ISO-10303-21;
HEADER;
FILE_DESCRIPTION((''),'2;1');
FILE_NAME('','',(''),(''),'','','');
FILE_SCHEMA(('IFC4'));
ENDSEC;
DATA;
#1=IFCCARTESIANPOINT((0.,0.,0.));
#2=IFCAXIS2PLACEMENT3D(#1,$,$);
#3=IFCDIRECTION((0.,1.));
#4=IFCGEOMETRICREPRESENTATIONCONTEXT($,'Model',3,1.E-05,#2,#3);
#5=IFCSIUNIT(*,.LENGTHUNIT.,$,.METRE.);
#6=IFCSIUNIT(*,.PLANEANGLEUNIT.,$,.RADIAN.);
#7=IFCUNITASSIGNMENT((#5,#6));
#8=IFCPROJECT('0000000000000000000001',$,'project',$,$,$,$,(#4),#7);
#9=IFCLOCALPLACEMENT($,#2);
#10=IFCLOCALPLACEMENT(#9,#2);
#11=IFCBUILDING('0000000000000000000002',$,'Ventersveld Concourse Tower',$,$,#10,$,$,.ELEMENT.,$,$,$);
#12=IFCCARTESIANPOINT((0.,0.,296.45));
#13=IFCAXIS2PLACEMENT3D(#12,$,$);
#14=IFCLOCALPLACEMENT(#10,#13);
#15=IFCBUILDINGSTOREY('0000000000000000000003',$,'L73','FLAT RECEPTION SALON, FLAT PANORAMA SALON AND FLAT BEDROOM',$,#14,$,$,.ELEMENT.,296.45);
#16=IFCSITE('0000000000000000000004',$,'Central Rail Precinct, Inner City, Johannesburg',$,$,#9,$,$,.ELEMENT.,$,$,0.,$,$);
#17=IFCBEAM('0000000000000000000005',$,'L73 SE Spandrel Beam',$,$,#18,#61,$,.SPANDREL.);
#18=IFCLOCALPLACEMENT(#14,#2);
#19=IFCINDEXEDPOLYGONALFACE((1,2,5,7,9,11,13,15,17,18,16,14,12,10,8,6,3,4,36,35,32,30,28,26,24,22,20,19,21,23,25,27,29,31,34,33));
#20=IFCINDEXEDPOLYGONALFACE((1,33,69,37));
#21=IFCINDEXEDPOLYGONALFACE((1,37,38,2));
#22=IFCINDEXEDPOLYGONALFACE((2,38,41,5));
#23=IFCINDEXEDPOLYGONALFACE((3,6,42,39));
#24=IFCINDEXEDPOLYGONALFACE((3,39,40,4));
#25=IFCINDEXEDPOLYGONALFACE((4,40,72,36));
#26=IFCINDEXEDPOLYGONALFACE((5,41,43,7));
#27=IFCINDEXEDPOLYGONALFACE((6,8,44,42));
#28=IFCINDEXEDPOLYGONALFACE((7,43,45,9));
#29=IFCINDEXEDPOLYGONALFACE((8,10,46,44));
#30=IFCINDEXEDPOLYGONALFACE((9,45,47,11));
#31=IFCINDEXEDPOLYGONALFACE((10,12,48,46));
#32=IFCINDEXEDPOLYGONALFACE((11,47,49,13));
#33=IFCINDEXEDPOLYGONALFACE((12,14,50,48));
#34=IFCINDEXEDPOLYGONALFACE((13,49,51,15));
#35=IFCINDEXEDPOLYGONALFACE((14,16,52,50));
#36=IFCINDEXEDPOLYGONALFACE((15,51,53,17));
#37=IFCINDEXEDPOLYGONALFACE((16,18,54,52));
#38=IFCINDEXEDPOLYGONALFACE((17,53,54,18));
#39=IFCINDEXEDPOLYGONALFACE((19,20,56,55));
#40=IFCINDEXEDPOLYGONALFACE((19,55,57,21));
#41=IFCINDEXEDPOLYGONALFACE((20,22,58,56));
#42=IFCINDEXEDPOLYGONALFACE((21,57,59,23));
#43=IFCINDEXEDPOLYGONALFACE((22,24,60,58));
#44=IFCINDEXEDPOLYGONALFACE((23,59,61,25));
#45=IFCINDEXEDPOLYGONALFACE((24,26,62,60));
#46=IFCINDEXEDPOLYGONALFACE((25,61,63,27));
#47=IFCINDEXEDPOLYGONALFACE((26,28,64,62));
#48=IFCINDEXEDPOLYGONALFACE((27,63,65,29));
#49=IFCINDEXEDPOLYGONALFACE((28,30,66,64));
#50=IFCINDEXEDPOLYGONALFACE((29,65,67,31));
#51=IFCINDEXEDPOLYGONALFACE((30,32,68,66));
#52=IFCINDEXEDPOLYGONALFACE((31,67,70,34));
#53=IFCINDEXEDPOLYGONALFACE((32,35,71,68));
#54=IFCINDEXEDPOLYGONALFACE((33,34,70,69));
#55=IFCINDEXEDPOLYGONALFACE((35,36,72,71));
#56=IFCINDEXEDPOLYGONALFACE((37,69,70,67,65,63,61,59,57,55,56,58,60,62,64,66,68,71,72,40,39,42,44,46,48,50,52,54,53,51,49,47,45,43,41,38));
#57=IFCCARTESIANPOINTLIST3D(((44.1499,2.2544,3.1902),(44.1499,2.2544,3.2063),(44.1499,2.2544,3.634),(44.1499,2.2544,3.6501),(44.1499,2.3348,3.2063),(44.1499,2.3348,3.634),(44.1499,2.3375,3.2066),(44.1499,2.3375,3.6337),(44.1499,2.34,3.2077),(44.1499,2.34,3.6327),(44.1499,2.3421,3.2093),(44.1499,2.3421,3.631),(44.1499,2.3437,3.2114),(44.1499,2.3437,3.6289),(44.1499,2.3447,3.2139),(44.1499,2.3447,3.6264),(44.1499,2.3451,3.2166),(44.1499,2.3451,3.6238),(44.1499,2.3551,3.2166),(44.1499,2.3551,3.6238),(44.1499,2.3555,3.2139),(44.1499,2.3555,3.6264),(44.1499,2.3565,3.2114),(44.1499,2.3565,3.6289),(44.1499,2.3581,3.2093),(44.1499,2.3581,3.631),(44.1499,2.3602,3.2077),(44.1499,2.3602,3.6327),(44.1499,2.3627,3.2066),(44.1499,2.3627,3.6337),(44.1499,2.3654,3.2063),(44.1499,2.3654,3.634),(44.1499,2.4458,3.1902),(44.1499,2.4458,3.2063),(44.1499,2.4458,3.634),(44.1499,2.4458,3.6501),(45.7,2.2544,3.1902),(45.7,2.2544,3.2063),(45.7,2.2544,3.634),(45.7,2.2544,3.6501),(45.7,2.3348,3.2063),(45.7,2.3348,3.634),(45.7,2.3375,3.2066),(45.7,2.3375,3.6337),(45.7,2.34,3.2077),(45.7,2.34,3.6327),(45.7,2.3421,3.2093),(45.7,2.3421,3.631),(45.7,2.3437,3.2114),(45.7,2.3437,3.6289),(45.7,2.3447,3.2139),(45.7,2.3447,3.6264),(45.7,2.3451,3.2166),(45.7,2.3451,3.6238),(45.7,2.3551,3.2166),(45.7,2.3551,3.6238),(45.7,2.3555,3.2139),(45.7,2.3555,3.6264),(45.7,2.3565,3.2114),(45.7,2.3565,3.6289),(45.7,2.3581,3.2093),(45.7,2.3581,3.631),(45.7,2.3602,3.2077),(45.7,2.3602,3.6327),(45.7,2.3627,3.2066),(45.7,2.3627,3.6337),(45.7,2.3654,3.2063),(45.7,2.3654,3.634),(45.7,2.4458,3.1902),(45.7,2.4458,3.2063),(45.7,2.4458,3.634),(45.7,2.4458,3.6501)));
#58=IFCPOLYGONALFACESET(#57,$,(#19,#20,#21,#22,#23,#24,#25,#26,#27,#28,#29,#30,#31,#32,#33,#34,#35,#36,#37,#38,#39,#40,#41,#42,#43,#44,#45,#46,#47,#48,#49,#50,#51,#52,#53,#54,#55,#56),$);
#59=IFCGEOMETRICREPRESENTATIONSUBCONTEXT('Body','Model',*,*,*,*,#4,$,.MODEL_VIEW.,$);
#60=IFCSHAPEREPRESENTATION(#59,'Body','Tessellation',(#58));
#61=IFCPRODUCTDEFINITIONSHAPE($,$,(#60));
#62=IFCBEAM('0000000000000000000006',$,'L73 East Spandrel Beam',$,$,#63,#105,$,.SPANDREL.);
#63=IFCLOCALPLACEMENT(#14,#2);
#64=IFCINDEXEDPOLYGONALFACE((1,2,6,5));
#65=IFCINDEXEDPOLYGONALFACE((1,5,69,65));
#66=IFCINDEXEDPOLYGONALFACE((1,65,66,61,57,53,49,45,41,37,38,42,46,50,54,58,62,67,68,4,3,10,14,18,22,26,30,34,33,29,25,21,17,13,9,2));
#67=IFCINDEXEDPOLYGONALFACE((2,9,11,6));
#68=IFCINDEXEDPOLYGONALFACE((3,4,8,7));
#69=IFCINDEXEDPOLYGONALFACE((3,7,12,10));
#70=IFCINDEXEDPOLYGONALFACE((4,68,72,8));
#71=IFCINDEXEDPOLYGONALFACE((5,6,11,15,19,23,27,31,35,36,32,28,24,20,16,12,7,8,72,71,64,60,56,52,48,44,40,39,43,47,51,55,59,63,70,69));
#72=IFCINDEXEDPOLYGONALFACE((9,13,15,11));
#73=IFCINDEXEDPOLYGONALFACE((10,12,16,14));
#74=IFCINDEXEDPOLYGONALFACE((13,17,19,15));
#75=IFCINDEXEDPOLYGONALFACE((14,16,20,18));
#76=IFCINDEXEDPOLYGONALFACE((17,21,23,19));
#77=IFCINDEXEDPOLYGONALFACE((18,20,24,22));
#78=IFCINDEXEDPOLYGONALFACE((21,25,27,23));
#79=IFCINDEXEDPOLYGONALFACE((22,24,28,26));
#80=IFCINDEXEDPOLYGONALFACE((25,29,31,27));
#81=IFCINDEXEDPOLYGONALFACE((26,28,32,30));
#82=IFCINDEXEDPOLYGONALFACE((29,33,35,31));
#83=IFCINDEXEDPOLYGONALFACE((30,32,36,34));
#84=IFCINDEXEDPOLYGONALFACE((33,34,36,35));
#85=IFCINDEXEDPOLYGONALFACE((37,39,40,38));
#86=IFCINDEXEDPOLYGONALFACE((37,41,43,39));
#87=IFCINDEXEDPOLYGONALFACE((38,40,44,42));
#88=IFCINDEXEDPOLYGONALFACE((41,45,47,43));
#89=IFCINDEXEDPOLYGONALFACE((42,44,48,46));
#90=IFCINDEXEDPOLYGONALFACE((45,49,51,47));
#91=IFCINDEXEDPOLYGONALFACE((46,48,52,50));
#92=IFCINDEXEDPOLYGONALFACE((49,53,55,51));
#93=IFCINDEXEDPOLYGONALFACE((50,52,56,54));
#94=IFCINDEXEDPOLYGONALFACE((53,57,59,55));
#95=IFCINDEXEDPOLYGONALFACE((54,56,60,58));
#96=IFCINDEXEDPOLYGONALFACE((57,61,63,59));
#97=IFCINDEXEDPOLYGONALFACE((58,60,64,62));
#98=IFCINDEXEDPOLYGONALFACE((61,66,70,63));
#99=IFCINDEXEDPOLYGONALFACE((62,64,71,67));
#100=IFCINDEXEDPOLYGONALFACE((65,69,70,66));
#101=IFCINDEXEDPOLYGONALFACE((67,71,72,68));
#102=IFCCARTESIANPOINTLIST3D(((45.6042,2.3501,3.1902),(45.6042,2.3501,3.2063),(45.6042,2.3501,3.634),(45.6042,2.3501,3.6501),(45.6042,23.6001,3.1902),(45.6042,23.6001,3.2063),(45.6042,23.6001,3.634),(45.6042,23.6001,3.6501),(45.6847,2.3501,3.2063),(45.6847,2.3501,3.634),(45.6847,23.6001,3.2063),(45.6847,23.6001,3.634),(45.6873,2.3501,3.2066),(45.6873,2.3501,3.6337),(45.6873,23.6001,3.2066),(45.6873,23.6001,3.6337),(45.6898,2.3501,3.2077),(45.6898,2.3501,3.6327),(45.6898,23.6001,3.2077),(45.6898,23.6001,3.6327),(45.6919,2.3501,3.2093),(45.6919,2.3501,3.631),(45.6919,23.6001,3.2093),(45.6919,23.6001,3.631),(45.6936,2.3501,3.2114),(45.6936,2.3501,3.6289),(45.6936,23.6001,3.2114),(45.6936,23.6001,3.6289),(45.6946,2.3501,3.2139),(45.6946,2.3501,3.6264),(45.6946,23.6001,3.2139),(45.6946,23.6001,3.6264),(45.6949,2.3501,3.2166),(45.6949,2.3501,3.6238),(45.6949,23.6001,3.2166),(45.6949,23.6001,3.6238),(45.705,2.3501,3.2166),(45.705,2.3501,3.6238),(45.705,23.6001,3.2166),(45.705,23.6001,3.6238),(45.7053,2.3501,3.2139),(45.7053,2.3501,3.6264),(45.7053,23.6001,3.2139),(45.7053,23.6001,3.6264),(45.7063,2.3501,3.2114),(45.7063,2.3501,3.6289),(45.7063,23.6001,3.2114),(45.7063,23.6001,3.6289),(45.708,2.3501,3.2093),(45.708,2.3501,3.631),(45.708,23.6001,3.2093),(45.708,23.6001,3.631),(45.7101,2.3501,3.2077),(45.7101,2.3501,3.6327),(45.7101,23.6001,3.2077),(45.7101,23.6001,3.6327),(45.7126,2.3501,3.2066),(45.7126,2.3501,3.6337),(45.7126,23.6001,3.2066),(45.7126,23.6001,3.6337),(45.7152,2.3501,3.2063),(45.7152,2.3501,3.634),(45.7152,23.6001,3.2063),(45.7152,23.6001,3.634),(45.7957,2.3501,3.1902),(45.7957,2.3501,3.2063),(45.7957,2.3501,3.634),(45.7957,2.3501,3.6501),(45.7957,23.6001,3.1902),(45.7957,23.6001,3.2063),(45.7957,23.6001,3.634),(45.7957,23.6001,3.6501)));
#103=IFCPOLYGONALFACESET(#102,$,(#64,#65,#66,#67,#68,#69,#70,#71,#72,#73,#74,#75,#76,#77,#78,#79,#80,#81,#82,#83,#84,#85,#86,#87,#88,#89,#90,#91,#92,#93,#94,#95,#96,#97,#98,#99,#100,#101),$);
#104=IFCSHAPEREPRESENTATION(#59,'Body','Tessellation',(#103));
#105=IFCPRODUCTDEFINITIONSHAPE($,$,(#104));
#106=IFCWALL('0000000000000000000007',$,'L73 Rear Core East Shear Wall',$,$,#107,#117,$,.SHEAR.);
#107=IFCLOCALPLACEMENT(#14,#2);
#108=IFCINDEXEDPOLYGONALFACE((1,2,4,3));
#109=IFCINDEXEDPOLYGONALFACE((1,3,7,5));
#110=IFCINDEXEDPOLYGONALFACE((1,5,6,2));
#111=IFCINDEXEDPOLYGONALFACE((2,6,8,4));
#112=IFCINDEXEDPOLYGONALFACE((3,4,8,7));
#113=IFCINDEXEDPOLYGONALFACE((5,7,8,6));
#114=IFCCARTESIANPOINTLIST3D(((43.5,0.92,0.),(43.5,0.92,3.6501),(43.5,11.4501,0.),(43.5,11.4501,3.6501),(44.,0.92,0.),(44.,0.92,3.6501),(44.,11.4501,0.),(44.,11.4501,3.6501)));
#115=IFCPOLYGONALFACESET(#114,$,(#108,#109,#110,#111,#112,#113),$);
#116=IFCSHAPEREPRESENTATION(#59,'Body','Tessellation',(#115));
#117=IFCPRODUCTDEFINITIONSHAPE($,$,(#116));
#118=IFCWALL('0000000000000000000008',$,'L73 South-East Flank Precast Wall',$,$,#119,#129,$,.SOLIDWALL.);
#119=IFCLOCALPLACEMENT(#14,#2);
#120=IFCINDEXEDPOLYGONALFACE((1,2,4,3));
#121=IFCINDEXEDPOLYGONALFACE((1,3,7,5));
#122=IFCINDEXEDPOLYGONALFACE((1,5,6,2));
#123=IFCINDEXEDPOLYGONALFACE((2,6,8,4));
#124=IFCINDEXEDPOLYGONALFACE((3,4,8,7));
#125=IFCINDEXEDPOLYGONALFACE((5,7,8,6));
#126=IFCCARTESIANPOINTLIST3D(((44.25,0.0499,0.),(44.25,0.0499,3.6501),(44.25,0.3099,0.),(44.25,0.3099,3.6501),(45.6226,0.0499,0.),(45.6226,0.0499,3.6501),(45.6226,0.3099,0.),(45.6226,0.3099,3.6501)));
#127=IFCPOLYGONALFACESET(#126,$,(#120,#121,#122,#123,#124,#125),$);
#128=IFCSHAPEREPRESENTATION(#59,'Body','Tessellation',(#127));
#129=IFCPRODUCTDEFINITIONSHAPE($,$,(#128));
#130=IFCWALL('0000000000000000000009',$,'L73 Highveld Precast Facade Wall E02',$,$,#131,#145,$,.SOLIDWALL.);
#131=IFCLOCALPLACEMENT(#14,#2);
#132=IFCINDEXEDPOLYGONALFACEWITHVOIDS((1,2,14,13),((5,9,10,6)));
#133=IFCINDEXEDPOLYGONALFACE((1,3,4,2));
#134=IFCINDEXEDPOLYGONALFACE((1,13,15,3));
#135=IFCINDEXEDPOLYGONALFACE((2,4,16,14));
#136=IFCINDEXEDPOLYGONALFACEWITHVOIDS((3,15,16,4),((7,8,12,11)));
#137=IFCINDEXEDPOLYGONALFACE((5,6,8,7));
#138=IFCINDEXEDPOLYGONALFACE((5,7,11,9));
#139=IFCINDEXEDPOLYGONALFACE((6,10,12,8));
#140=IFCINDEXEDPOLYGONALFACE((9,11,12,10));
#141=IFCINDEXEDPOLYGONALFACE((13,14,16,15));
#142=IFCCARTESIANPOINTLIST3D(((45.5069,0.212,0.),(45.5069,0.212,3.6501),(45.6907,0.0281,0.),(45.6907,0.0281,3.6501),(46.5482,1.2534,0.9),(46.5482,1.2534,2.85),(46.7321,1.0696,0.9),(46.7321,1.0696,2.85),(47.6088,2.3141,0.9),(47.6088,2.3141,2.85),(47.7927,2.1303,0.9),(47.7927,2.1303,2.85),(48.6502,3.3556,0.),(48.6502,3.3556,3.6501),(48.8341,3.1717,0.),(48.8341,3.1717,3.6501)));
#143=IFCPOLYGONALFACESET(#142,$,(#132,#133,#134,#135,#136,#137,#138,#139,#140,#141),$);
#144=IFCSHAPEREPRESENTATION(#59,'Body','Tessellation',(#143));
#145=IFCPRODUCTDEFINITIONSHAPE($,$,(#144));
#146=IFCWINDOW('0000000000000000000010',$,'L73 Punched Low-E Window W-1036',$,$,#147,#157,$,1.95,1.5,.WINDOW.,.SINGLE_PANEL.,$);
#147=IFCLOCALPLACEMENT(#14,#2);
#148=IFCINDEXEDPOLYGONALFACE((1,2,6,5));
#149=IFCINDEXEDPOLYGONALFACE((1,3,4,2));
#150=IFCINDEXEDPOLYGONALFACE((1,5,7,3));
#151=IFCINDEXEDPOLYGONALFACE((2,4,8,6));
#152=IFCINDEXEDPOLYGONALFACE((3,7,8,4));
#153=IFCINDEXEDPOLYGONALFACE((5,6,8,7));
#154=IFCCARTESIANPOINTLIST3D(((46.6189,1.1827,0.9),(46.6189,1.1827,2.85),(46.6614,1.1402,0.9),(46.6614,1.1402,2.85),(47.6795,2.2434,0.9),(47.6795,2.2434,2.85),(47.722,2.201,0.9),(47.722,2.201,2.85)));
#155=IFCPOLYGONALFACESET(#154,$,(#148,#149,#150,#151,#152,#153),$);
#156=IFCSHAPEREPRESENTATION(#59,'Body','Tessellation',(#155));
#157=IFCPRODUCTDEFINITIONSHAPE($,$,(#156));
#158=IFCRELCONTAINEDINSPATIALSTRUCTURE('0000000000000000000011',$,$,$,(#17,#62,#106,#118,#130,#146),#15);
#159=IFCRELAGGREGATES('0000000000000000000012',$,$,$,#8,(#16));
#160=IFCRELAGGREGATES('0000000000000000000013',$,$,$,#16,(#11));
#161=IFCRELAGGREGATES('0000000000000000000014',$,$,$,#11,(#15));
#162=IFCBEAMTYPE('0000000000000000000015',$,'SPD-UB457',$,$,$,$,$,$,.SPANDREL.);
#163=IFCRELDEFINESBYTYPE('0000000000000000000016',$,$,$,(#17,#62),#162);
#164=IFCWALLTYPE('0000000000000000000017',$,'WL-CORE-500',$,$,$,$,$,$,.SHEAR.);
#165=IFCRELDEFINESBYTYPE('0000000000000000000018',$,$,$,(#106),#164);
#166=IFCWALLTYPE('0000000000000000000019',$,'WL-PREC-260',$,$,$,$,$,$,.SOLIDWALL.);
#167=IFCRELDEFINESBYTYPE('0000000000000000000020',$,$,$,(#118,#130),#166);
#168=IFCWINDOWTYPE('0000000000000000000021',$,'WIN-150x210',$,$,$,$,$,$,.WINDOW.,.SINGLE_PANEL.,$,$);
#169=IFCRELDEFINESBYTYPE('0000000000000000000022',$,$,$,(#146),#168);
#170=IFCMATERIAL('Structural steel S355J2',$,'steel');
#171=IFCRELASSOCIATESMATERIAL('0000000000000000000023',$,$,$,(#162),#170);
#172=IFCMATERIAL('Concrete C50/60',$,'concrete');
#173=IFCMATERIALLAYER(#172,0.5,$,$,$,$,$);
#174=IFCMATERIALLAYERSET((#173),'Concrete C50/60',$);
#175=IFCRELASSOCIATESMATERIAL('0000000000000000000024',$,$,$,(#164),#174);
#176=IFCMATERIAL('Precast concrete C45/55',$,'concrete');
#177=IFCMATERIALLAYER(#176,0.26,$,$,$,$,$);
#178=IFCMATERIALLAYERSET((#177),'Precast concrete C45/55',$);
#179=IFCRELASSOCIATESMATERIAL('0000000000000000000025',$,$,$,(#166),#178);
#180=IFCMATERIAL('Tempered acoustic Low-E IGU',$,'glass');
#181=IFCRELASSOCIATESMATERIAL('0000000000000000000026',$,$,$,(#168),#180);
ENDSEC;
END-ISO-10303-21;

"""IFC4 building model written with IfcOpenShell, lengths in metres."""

from ifc_helpers import new_model, si_unit, direction, frame, frame_2d, origin, origin_2d, place, context, subcontext, project, spatial, rectangle, i_section, extrude, material, layer, layer_set, material_profile, profile_set, type_object, element, fill, save


model = new_model("IFC4")

# Units and contexts
model_context = context("Model", 3, precision=1e-05, world=origin(), true_north=direction((0.0, 1.0)))
body_context = subcontext(model_context, "Body", "Model", "MODEL_VIEW")
ifc_project = project(units=[si_unit("LENGTHUNIT", "METRE"), si_unit("PLANEANGLEUNIT", "RADIAN")], contexts=[model_context])

# Site, building, storey
site_placement = place(None, origin())
site = spatial("IfcSite", under=ifc_project, at=site_placement, Name="Central Rail Precinct, Inner City, Johannesburg", CompositionType="ELEMENT", RefElevation=0.0)
building_placement = place(site_placement, origin())
building = spatial("IfcBuilding", under=site, at=building_placement, Name="Ventersveld Concourse Tower", CompositionType="ELEMENT")
storey_placement = place(building_placement, frame((0.0, 0.0, 296.45)))
storey = spatial("IfcBuildingStorey", under=building, at=storey_placement, Name="L73", Description="FLAT RECEPTION SALON, FLAT PANORAMA SALON AND FLAT BEDROOM", CompositionType="ELEMENT", Elevation=296.45)

# Shared definitions
ifc_material_1 = material(Name="Concrete C50/60", Category="concrete")

# Shared definitions
ifc_material_2 = material(Name="Structural steel S355J2", Category="steel")

# Beams
ifc_material_profile_1 = material_profile(ifc_material_2, i_section(OverallWidth=0.1914, OverallDepth=0.46, WebThickness=0.01, FlangeThickness=0.0161, FilletRadius=0.0103, at=origin_2d()), Name="UB 457x191x82")
ifc_profile_set_1 = profile_set([ifc_material_profile_1], Name="Structural steel S355J2")
beam_type_1 = type_object("IfcBeamType", Name="SPD-UB457", PredefinedType="SPANDREL", material=ifc_profile_set_1)
beam_1_placement = place(storey_placement, frame((44.1499, 2.3501, 3.4202), z_axis=(1.0, 0.0, 0.0), x_axis=(0.0, 1.0, 0.0)))
element("IfcBeam", 1, at=beam_1_placement, inside=storey, type_object=beam_type_1, Name="L73 SE Spandrel Beam", PredefinedType="SPANDREL", context=body_context, shape_type="SweptSolid", body=[
    extrude(i_section(OverallWidth=0.1914, OverallDepth=0.46, WebThickness=0.01, FlangeThickness=0.0161, FilletRadius=0.0103, at=origin_2d()), origin(), (0.0, 0.0, 1.0), 1.55),
])
beam_2_placement = place(storey_placement, frame((45.7, 2.3501, 3.4202), z_axis=(0.0, 1.0, 0.0), x_axis=(-1.0, 0.0, 0.0)))
element("IfcBeam", 2, at=beam_2_placement, inside=storey, type_object=beam_type_1, Name="L73 East Spandrel Beam", PredefinedType="SPANDREL", context=body_context, shape_type="SweptSolid", body=[
    extrude(i_section(OverallWidth=0.1914, OverallDepth=0.46, WebThickness=0.01, FlangeThickness=0.0161, FilletRadius=0.0103, at=origin_2d()), origin(), (0.0, 0.0, 1.0), 21.25),
])

# Walls
ifc_layer_1 = layer(ifc_material_1, 0.5)
ifc_layer_set_1 = layer_set([ifc_layer_1], Name="Concrete C50/60")
wall_type_1 = type_object("IfcWallType", Name="WL-CORE-500", PredefinedType="SHEAR", material=ifc_layer_set_1)
wall_1_placement = place(storey_placement, frame((43.75, 0.9199, 0.0), z_axis=(0.0, 0.0, 1.0), x_axis=(0.0, 1.0, 0.0)))
element("IfcWall", 3, at=wall_1_placement, inside=storey, type_object=wall_type_1, Name="L73 Rear Core East Shear Wall", PredefinedType="SHEAR", context=body_context, shape_type="SweptSolid", body=[
    extrude(rectangle(XDim=10.53, YDim=0.5, at=frame_2d((5.2651, 0.0))), origin(), (0.0, 0.0, 1.0), 3.6501),
])
ifc_material_3 = material(Name="Precast concrete C45/55", Category="concrete")
ifc_layer_2 = layer(ifc_material_3, 0.26)
ifc_layer_set_2 = layer_set([ifc_layer_2], Name="Precast concrete C45/55")
wall_type_2 = type_object("IfcWallType", Name="WL-PREC-260", PredefinedType="SOLIDWALL", material=ifc_layer_set_2)
wall_2_placement = place(storey_placement, frame((44.25, 0.1799, 0.0), z_axis=(0.0, 0.0, 1.0), x_axis=(1.0, 0.0, 0.0)))
element("IfcWall", 4, at=wall_2_placement, inside=storey, type_object=wall_type_2, Name="L73 South-East Flank Precast Wall", PredefinedType="SOLIDWALL", context=body_context, shape_type="SweptSolid", body=[
    extrude(rectangle(XDim=1.3726, YDim=0.26, at=frame_2d((0.6863, 0.0))), origin(), (0.0, 0.0, 1.0), 3.6501),
])

# Wall, opening, window
wall_3_placement = place(storey_placement, frame((45.5989, 0.1201, 0.0), z_axis=(0.0, 0.0, 1.0), x_axis=(0.707079, 0.707134, 0.0)))
wall_3 = element("IfcWall", 5, at=wall_3_placement, inside=storey, type_object=wall_type_2, Name="L73 Highveld Precast Facade Wall E02", PredefinedType="SOLIDWALL", context=body_context, shape_type="SweptSolid", body=[
    extrude(rectangle(XDim=4.4456, YDim=0.26, at=frame_2d((2.2227, 0.0))), origin(), (0.0, 0.0, 1.0), 3.6501),
])
opening_1_placement = place(wall_3_placement, frame((1.4727, 0.0, 0.8999)))
opening_1 = element("IfcOpeningElement", 6, at=opening_1_placement, cuts=wall_3, PredefinedType="OPENING", context=body_context, shape_type="SweptSolid", body=[
    extrude(rectangle(XDim=1.5, YDim=1.95, at=frame_2d((0.75, 0.9751))), frame((0.0, 0.1401, 0.0), z_axis=(0.0, -1.0, 0.0), x_axis=(1.0, 0.0, 0.0)), (0.0, 0.0, 1.0), 0.28),
])
ifc_material_4 = material(Name="Tempered acoustic Low-E IGU", Category="glass")
window_type_1 = type_object("IfcWindowType", Name="WIN-150x210", PartitioningType="SINGLE_PANEL", PredefinedType="WINDOW", material=ifc_material_4)
window_1_placement = place(opening_1_placement, origin())
window_1 = element("IfcWindow", 7, at=window_1_placement, inside=storey, type_object=window_type_1, Name="L73 Punched Low-E Window W-1036", OverallHeight=1.95, OverallWidth=1.5, PartitioningType="SINGLE_PANEL", PredefinedType="WINDOW", context=body_context, shape_type="SweptSolid", body=[
    extrude(rectangle(XDim=1.5, YDim=1.95, at=frame_2d((0.75, 0.9751))), frame((0.0, 0.03, 0.0), z_axis=(0.0, -1.0, 0.0), x_axis=(1.0, 0.0, 0.0)), (0.0, 0.0, 1.0), 0.0601),
])
fill(opening_1, window_1)

save(model, "model.ifc")
